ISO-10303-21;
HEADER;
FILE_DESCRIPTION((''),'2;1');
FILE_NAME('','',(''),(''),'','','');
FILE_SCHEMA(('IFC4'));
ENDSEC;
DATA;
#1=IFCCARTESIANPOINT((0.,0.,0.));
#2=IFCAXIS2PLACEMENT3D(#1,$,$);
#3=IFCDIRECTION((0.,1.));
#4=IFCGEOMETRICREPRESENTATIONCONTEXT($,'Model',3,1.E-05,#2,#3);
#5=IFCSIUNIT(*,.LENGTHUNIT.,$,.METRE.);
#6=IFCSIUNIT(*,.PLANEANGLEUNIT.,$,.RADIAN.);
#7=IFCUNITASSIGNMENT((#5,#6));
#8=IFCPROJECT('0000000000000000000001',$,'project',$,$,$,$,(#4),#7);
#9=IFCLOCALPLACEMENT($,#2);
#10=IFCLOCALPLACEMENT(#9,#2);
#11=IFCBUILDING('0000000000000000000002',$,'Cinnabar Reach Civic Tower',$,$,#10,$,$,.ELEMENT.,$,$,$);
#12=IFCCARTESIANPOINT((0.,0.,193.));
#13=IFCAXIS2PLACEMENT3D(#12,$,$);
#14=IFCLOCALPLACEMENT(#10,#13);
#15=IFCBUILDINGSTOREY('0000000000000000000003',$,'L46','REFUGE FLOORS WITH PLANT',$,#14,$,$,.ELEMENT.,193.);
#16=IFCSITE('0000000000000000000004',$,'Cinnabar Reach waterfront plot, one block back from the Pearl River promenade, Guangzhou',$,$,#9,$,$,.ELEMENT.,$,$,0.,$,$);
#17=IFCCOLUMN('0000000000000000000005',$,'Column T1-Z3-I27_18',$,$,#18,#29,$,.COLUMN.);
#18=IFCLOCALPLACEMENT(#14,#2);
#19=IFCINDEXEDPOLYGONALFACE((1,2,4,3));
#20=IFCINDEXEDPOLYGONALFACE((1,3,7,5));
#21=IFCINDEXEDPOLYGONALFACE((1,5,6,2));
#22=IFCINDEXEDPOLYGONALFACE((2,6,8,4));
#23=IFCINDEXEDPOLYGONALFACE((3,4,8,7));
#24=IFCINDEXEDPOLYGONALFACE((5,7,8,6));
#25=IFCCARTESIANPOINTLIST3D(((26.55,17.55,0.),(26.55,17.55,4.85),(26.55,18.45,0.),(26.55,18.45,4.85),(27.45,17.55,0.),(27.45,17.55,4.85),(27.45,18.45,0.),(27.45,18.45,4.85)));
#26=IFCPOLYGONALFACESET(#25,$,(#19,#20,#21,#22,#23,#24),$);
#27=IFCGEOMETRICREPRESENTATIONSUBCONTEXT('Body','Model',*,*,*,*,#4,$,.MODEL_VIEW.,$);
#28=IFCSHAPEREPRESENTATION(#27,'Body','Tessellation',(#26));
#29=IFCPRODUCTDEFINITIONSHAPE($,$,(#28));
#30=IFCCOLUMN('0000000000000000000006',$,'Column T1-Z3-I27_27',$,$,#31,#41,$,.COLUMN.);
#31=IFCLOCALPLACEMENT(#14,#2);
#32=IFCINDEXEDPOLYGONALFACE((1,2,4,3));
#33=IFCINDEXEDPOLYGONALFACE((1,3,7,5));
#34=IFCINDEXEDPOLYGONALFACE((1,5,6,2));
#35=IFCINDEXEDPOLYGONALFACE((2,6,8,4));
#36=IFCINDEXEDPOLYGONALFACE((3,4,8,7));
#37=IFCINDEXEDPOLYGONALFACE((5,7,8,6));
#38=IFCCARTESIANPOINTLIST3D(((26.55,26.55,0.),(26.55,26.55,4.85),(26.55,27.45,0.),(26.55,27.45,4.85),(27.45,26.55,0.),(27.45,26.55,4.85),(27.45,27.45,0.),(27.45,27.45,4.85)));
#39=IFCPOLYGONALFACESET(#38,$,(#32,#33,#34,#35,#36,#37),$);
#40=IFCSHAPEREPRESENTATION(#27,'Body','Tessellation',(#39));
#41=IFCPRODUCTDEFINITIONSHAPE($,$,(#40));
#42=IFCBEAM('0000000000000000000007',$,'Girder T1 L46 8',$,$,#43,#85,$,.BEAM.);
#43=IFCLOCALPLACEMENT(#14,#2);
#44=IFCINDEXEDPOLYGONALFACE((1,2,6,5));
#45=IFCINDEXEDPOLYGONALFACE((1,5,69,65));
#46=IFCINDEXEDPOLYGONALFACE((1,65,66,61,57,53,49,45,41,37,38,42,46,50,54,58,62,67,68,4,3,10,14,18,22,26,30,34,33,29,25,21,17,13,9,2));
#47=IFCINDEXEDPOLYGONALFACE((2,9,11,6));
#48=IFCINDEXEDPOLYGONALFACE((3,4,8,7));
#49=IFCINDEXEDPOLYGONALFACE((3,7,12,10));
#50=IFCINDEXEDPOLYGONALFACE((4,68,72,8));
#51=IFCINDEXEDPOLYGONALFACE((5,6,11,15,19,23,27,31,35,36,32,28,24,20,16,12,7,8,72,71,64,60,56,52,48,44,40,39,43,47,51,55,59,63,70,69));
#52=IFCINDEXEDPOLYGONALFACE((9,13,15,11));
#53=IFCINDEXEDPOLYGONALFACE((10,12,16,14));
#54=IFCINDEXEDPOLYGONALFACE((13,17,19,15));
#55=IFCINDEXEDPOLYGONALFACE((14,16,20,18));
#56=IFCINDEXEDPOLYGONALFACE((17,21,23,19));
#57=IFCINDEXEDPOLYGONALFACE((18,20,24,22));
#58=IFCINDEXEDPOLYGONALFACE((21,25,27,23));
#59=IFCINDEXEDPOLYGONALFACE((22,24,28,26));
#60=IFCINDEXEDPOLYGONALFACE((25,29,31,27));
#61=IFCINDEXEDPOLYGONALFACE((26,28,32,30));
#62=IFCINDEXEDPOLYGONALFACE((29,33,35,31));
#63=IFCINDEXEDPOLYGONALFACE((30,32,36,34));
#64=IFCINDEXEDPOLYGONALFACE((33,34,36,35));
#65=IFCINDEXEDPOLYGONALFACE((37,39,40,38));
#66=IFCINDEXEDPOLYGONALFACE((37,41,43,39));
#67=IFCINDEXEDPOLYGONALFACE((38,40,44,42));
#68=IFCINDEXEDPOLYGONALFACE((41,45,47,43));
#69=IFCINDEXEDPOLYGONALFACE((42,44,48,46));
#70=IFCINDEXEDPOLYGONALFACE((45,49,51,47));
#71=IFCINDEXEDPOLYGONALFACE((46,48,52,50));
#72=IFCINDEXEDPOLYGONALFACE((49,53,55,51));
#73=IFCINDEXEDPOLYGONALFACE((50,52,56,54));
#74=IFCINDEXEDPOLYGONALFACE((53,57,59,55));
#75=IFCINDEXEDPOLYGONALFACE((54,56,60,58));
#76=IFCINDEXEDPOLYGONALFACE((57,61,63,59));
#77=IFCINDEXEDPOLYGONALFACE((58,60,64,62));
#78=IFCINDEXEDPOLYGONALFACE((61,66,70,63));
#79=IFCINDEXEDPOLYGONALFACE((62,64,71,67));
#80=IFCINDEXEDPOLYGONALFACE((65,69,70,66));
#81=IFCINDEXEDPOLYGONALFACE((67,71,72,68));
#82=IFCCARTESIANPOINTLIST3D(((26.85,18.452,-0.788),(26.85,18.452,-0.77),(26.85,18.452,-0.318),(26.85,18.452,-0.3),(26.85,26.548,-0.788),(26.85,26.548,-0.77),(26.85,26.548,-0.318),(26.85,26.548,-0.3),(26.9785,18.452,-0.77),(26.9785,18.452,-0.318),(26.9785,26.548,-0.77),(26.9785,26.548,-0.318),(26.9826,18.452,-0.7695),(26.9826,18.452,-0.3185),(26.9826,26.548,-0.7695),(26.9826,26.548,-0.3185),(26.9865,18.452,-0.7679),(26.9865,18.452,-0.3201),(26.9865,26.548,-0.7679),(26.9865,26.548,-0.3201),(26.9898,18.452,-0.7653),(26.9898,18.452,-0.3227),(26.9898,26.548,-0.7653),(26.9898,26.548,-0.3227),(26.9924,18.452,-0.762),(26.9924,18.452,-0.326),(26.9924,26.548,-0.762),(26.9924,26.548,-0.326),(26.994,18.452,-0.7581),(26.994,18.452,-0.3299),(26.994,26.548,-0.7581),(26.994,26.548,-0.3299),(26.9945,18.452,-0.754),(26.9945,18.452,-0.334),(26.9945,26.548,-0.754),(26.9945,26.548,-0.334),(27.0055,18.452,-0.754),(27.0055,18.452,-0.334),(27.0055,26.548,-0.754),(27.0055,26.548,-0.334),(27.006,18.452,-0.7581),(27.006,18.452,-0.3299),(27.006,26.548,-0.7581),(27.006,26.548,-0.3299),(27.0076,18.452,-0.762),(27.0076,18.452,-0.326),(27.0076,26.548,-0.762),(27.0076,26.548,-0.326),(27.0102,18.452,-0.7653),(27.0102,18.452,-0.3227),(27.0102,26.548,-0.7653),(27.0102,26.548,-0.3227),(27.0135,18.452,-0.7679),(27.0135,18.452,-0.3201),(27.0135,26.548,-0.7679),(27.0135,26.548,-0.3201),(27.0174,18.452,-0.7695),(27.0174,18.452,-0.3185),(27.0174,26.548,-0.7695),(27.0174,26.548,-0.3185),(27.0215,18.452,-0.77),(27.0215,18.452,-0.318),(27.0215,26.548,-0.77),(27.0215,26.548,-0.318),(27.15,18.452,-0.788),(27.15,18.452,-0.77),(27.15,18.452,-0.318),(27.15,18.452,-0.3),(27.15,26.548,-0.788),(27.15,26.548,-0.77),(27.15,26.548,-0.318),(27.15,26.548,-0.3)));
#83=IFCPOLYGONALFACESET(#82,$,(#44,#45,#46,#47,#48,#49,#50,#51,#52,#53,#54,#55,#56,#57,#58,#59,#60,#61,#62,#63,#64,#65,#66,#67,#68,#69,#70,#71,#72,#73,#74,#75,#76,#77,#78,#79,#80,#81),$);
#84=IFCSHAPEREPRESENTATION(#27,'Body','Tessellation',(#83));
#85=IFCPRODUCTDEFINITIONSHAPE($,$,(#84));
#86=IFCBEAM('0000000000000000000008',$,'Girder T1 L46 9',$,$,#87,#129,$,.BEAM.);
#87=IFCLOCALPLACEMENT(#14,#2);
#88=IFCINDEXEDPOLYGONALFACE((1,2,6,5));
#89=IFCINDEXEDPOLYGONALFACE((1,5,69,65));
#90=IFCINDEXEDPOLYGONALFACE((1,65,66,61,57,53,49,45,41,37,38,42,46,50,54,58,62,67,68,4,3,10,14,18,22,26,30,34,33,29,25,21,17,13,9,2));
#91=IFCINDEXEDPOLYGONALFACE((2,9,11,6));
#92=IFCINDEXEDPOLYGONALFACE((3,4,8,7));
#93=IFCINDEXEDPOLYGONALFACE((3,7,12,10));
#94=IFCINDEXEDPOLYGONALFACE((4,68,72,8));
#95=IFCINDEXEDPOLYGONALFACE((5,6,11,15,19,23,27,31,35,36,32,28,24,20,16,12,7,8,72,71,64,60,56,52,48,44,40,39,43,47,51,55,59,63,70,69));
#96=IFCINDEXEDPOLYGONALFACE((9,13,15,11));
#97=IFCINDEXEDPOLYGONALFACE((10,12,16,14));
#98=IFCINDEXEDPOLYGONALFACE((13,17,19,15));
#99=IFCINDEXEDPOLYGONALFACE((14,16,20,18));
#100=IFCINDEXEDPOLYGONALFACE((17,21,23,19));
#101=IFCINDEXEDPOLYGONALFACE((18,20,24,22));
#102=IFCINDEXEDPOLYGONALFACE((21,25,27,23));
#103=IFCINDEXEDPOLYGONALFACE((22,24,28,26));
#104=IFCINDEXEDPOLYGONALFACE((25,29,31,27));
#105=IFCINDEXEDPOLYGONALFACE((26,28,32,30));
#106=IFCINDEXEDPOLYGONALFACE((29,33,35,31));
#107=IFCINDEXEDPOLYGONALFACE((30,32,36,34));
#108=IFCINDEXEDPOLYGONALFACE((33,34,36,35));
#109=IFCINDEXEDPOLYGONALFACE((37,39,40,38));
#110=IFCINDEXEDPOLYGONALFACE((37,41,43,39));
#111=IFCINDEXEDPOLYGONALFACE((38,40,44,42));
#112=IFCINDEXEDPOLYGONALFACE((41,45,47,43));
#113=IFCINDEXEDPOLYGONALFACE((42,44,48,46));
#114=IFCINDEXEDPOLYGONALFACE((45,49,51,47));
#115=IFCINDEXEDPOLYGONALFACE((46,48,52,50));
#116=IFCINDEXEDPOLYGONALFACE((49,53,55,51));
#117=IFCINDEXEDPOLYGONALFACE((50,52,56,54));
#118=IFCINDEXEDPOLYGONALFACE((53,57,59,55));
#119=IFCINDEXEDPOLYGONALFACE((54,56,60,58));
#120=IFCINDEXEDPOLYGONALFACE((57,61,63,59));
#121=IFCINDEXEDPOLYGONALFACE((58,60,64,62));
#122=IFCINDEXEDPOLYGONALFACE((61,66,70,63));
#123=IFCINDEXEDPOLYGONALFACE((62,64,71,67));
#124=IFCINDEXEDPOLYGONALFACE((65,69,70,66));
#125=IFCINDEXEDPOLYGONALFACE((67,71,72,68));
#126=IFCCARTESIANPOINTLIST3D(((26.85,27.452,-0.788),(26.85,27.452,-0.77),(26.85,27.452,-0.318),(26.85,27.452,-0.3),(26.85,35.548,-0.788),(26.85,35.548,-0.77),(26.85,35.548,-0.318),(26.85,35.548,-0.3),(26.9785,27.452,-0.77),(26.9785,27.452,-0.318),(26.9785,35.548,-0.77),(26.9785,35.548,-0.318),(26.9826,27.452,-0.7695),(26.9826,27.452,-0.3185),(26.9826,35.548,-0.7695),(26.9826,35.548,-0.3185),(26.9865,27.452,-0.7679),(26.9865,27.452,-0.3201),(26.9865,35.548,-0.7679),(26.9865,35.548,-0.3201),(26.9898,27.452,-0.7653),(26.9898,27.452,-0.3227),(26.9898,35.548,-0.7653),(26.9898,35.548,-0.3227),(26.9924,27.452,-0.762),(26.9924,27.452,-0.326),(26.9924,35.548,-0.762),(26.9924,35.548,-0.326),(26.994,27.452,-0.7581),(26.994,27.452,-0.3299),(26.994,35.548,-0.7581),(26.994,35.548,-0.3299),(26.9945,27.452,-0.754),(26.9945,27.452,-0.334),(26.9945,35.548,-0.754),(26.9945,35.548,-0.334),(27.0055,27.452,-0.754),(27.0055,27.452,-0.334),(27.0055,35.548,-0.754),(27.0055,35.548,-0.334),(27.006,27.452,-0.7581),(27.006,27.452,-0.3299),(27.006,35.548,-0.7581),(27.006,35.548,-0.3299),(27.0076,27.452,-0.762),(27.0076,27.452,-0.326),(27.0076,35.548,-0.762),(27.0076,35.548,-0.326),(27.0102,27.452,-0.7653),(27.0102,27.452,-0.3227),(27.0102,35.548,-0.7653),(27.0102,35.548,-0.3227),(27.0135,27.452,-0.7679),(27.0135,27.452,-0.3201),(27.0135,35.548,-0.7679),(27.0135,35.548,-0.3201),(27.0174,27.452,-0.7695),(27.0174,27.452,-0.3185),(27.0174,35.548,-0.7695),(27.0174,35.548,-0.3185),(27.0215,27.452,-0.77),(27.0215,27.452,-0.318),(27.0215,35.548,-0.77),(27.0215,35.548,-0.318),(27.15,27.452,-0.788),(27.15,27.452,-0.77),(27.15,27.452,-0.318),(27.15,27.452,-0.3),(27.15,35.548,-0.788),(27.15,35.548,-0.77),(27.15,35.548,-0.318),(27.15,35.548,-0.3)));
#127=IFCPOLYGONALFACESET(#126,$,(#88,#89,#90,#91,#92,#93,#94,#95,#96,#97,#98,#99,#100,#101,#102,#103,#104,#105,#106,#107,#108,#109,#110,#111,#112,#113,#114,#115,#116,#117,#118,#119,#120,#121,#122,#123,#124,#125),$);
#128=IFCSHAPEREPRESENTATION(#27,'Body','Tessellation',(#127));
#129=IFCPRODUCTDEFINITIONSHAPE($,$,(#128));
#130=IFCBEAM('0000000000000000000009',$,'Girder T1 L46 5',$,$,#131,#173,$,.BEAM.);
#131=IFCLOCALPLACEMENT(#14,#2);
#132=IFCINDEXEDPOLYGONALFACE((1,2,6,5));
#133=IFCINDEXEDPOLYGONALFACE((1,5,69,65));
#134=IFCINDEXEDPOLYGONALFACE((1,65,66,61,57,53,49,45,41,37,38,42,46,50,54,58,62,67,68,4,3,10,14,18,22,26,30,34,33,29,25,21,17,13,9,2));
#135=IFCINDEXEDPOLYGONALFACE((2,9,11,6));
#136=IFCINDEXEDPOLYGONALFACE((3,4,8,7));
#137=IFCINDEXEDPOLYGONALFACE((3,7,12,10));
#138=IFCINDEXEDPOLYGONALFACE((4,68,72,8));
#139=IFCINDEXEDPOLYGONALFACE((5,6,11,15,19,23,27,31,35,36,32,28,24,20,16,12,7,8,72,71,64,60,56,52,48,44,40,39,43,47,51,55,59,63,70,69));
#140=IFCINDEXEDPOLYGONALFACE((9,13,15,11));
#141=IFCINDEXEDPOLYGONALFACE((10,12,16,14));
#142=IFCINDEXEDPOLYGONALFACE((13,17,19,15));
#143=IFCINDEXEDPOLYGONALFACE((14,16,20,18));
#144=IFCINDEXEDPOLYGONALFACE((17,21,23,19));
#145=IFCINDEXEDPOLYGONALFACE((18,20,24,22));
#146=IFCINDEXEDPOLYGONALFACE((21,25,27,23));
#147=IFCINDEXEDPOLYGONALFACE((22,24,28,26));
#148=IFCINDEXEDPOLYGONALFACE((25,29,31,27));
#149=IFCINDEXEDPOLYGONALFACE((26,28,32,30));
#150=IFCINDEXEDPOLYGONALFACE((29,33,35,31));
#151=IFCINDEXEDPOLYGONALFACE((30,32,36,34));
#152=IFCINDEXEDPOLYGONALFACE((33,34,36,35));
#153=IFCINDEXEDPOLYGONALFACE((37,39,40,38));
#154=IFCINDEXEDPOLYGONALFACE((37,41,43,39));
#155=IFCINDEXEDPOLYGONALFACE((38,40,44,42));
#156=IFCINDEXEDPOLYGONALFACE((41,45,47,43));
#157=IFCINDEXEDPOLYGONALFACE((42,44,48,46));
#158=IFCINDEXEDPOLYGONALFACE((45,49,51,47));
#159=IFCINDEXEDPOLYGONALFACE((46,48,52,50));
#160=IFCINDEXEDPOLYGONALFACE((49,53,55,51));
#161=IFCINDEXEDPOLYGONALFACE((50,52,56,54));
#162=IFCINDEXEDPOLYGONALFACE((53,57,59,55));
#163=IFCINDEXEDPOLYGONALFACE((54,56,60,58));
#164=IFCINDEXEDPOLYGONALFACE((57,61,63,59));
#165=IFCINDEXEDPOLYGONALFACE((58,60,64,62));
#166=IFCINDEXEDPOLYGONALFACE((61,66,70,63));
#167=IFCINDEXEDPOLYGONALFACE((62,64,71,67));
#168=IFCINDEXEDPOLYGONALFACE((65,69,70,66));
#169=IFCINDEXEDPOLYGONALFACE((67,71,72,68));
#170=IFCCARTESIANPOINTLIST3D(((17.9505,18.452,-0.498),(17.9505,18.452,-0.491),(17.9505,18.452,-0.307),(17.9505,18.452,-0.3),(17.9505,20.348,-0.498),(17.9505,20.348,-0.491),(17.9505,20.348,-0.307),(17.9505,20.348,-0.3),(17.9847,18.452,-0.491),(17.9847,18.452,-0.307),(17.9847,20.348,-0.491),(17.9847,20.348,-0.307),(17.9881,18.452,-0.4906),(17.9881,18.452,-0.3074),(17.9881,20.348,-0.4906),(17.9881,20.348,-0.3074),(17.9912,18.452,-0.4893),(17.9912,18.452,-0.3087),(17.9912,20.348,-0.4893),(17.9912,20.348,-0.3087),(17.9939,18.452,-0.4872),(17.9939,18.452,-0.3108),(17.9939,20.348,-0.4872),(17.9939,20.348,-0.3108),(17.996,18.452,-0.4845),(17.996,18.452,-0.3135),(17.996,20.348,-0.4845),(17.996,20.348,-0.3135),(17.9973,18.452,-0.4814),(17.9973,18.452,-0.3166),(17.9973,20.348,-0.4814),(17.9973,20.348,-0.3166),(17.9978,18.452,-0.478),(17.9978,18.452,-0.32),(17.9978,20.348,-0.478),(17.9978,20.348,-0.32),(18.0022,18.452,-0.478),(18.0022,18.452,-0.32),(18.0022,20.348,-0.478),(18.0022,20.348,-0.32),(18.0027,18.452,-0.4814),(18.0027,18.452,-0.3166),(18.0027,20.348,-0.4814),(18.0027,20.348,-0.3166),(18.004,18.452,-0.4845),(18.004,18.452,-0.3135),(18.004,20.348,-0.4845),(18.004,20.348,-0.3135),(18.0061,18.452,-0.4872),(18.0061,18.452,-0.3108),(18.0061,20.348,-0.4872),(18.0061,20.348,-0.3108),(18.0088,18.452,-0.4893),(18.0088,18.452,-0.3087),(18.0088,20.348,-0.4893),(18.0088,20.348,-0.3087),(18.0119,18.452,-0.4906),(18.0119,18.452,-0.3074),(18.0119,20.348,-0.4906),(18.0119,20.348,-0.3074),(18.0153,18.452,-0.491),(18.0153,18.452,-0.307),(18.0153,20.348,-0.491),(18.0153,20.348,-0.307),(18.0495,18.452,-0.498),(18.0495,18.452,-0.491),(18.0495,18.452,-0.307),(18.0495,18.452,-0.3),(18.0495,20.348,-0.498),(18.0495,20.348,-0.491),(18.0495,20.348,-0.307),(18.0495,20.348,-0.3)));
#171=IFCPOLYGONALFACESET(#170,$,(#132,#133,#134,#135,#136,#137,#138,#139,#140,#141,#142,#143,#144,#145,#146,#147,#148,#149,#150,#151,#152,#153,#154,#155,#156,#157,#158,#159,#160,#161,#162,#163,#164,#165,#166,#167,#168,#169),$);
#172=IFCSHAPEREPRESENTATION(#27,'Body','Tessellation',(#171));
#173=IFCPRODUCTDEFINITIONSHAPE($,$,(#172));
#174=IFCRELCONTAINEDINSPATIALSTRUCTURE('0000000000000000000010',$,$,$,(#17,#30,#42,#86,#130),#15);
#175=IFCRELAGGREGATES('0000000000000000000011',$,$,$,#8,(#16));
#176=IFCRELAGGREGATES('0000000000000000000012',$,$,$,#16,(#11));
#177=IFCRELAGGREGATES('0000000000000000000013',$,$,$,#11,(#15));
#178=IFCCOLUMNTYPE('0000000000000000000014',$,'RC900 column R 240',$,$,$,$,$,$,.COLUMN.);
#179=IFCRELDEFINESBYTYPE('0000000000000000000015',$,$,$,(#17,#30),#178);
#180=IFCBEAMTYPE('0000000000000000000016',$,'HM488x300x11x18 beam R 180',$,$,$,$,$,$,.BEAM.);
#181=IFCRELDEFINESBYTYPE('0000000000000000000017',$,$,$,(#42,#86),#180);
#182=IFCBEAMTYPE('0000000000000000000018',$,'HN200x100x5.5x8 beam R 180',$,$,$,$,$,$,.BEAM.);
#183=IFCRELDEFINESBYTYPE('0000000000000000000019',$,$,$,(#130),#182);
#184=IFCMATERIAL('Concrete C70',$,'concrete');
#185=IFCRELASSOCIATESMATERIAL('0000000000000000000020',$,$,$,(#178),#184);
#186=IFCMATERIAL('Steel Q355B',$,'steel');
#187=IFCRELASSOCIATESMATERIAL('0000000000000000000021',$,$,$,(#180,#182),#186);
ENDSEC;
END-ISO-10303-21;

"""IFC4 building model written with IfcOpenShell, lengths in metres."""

from ifc_helpers import new_model, si_unit, direction, frame, origin, origin_2d, place, context, subcontext, project, spatial, rectangle, i_section, extrude, material, material_profile, profile_set, type_object, element, save


model = new_model("IFC4")

# Units and contexts
model_context = context("Model", 3, precision=1e-05, world=origin(), true_north=direction((0.0, 1.0)))
body_context = subcontext(model_context, "Body", "Model", "MODEL_VIEW")
ifc_project = project(units=[si_unit("LENGTHUNIT", "METRE"), si_unit("PLANEANGLEUNIT", "RADIAN")], contexts=[model_context])

# Site, building, storey
site_placement = place(None, origin())
site = spatial("IfcSite", under=ifc_project, at=site_placement, Name="Cinnabar Reach waterfront plot, one block back from the Pearl River promenade, Guangzhou", CompositionType="ELEMENT", RefElevation=0.0)
building_placement = place(site_placement, origin())
building = spatial("IfcBuilding", under=site, at=building_placement, Name="Cinnabar Reach Civic Tower", CompositionType="ELEMENT")
storey_placement = place(building_placement, frame((0.0, 0.0, 193.0)))
storey = spatial("IfcBuildingStorey", under=building, at=storey_placement, Name="L46", Description="REFUGE FLOORS WITH PLANT", CompositionType="ELEMENT", Elevation=193.0)

# Columns
ifc_material_1 = material(Name="Concrete C70", Category="concrete")
ifc_material_profile_1 = material_profile(ifc_material_1, rectangle(XDim=0.9, YDim=0.9, at=origin_2d()), Name="RC900")
ifc_profile_set_1 = profile_set([ifc_material_profile_1], Name="Concrete C70")
column_type = type_object("IfcColumnType", Name="RC900 column R 240", PredefinedType="COLUMN", material=ifc_profile_set_1)
for number, where, z_axis, x_axis, name in (
    (1, (27.0, 18.0, 0.0), (0.0, 0.0, 1.0), (1.0, 0.0, 0.0), "Column T1-Z3-I27_18"),
    (2, (27.0, 27.0, 0.0), (0.0, 0.0, 1.0), (1.0, 0.0, 0.0), "Column T1-Z3-I27_27"),
):
    element("IfcColumn", number, at=place(storey_placement, frame(where, z_axis=z_axis, x_axis=x_axis)), inside=storey, type_object=column_type, Name=name, PredefinedType="COLUMN", context=body_context, shape_type="SweptSolid", body=[
        extrude(rectangle(XDim=0.9, YDim=0.9, at=origin_2d()), origin(), (0.0, 0.0, 1.0), 4.85),
    ])

# Beams
ifc_material_2 = material(Name="Steel Q355B", Category="steel")
ifc_material_profile_2 = material_profile(ifc_material_2, i_section(OverallWidth=0.3, OverallDepth=0.488, WebThickness=0.011, FlangeThickness=0.018, FilletRadius=0.016, at=origin_2d()), Name="HM488x300x11x18")
ifc_profile_set_2 = profile_set([ifc_material_profile_2], Name="Steel Q355B")
beam_type_1 = type_object("IfcBeamType", Name="HM488x300x11x18 beam R 180", PredefinedType="BEAM", material=ifc_profile_set_2)
for number, where, z_axis, x_axis, name in (
    (3, (27.0, 18.452, -0.544), (0.0, 1.0, 0.0), (-1.0, 0.0, 0.0), "Girder T1 L46 8"),
    (4, (27.0, 27.452, -0.544), (0.0, 1.0, 0.0), (-1.0, 0.0, 0.0), "Girder T1 L46 9"),
):
    element("IfcBeam", number, at=place(storey_placement, frame(where, z_axis=z_axis, x_axis=x_axis)), inside=storey, type_object=beam_type_1, Name=name, PredefinedType="BEAM", context=body_context, shape_type="SweptSolid", body=[
        extrude(i_section(OverallWidth=0.3, OverallDepth=0.488, WebThickness=0.011, FlangeThickness=0.018, FilletRadius=0.016, at=origin_2d()), origin(), (0.0, 0.0, 1.0), 8.096),
    ])
ifc_material_profile_3 = material_profile(ifc_material_2, i_section(OverallWidth=0.099, OverallDepth=0.198, WebThickness=0.0045, FlangeThickness=0.007, FilletRadius=0.013, at=origin_2d()), Name="HN200x100x5.5x8")
ifc_profile_set_3 = profile_set([ifc_material_profile_3], Name="Steel Q355B")
beam_type_2 = type_object("IfcBeamType", Name="HN200x100x5.5x8 beam R 180", PredefinedType="BEAM", material=ifc_profile_set_3)
beam_1_placement = place(storey_placement, frame((18.0, 18.452, -0.399), z_axis=(0.0, 1.0, 0.0), x_axis=(-1.0, 0.0, 0.0)))
element("IfcBeam", 5, at=beam_1_placement, inside=storey, type_object=beam_type_2, Name="Girder T1 L46 5", PredefinedType="BEAM", context=body_context, shape_type="SweptSolid", body=[
    extrude(i_section(OverallWidth=0.099, OverallDepth=0.198, WebThickness=0.0045, FlangeThickness=0.007, FilletRadius=0.013, at=origin_2d()), origin(), (0.0, 0.0, 1.0), 1.896),
])

save(model, "model.ifc")
